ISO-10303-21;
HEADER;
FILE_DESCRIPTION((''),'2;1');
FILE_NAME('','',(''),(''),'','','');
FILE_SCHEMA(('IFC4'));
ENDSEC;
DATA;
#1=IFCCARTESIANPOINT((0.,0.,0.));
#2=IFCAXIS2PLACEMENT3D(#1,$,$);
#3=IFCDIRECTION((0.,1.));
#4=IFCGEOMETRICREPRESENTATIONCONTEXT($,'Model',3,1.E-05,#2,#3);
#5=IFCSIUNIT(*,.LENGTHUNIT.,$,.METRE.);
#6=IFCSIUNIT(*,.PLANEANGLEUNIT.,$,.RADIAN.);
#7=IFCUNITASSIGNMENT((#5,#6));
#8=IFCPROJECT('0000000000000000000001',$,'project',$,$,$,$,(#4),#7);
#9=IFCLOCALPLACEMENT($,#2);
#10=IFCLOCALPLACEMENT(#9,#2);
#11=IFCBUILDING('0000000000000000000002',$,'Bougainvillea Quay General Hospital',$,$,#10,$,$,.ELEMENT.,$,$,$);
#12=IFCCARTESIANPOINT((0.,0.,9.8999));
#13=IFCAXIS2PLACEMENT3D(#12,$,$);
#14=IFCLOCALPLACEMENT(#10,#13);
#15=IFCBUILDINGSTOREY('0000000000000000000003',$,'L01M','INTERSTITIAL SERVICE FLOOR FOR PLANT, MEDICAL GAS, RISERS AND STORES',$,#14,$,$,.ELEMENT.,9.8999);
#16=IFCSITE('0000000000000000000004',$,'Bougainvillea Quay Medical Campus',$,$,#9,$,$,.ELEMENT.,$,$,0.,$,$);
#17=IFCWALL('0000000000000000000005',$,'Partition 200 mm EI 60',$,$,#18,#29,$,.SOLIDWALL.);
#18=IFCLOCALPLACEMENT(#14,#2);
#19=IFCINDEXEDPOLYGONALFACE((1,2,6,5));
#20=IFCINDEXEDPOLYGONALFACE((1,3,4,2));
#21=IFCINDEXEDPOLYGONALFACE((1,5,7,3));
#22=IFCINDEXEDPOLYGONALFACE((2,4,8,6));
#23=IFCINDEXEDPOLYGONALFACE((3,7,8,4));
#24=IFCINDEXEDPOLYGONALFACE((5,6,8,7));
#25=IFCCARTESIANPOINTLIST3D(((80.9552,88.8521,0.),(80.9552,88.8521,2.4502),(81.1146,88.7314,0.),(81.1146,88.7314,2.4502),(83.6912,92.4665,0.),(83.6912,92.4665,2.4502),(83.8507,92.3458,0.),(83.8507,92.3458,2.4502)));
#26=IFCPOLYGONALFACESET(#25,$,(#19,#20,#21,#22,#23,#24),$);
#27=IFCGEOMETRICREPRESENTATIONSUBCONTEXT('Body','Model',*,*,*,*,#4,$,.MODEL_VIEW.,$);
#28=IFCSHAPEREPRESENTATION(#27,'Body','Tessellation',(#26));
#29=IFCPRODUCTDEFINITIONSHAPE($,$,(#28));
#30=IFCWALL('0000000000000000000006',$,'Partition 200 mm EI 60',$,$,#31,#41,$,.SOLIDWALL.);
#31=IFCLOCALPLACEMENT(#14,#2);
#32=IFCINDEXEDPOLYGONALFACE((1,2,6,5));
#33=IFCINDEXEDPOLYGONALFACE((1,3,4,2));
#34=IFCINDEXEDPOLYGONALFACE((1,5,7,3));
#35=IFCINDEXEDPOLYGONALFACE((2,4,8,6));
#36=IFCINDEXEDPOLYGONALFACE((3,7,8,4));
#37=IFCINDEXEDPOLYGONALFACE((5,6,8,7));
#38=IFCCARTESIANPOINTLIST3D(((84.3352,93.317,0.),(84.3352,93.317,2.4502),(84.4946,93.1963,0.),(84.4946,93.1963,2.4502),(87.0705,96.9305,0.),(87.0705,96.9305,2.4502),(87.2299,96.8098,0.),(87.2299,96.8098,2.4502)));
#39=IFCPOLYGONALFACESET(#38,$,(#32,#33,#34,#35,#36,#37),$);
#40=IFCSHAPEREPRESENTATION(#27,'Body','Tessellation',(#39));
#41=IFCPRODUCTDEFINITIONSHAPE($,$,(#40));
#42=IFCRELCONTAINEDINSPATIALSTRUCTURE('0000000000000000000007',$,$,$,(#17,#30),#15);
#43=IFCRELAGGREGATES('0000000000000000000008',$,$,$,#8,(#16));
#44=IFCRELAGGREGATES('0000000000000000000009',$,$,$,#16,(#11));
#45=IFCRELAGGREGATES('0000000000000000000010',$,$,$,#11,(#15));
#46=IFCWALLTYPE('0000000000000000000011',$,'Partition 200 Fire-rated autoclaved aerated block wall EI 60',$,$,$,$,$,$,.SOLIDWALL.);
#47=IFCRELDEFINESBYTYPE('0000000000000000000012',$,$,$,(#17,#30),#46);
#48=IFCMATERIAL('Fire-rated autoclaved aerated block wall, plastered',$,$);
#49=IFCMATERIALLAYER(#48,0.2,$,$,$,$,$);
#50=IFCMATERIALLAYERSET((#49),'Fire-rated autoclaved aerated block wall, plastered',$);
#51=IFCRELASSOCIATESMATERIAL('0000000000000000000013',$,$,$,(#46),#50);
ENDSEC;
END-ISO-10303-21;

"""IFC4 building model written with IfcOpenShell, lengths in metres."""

from ifc_helpers import new_model, si_unit, direction, frame, frame_2d, origin, place, context, subcontext, project, spatial, rectangle, extrude, material, layer, layer_set, type_object, element, save


model = new_model("IFC4")

# Units and contexts
model_context = context("Model", 3, precision=1e-05, world=origin(), true_north=direction((0.0, 1.0)))
body_context = subcontext(model_context, "Body", "Model", "MODEL_VIEW")
ifc_project = project(units=[si_unit("LENGTHUNIT", "METRE"), si_unit("PLANEANGLEUNIT", "RADIAN")], contexts=[model_context])

# Site, building, storey
site_placement = place(None, origin())
site = spatial("IfcSite", under=ifc_project, at=site_placement, Name="Bougainvillea Quay Medical Campus", CompositionType="ELEMENT", RefElevation=0.0)
building_placement = place(site_placement, origin())
building = spatial("IfcBuilding", under=site, at=building_placement, Name="Bougainvillea Quay General Hospital", CompositionType="ELEMENT")
storey_placement = place(building_placement, frame((0.0, 0.0, 9.8999)))
storey = spatial("IfcBuildingStorey", under=building, at=storey_placement, Name="L01M", Description="INTERSTITIAL SERVICE FLOOR FOR PLANT, MEDICAL GAS, RISERS AND STORES", CompositionType="ELEMENT", Elevation=9.8999)

# Walls
ifc_material_1 = material(Name="Fire-rated autoclaved aerated block wall, plastered")
ifc_layer_1 = layer(ifc_material_1, 0.2)
ifc_layer_set_1 = layer_set([ifc_layer_1], Name="Fire-rated autoclaved aerated block wall, plastered")
wall_type_1 = type_object("IfcWallType", Name="Partition 200 Fire-rated autoclaved aerated block wall EI 60", PredefinedType="SOLIDWALL", material=ifc_layer_set_1)
wall_1_placement = place(storey_placement, frame((81.0349, 88.7917, 0.0), z_axis=(0.0, 0.0, 1.0), x_axis=(0.603553, 0.797323, 0.0)))
element("IfcWall", 1, at=wall_1_placement, inside=storey, type_object=wall_type_1, Name="Partition 200 mm EI 60", PredefinedType="SOLIDWALL", context=body_context, shape_type="SweptSolid", body=[
    extrude(rectangle(XDim=4.5332, YDim=0.2, at=frame_2d((2.2666, 0.0))), origin(), (0.0, 0.0, 1.0), 2.4502),
])
wall_2_placement = place(storey_placement, frame((84.4148, 93.2566, 0.0), z_axis=(0.0, 0.0, 1.0), x_axis=(0.603554, 0.797322, 0.0)))
element("IfcWall", 2, at=wall_2_placement, inside=storey, type_object=wall_type_1, Name="Partition 200 mm EI 60", PredefinedType="SOLIDWALL", context=body_context, shape_type="SweptSolid", body=[
    extrude(rectangle(XDim=4.532, YDim=0.2, at=frame_2d((2.2661, 0.0))), origin(), (0.0, 0.0, 1.0), 2.4502),
])

save(model, "model.ifc")
